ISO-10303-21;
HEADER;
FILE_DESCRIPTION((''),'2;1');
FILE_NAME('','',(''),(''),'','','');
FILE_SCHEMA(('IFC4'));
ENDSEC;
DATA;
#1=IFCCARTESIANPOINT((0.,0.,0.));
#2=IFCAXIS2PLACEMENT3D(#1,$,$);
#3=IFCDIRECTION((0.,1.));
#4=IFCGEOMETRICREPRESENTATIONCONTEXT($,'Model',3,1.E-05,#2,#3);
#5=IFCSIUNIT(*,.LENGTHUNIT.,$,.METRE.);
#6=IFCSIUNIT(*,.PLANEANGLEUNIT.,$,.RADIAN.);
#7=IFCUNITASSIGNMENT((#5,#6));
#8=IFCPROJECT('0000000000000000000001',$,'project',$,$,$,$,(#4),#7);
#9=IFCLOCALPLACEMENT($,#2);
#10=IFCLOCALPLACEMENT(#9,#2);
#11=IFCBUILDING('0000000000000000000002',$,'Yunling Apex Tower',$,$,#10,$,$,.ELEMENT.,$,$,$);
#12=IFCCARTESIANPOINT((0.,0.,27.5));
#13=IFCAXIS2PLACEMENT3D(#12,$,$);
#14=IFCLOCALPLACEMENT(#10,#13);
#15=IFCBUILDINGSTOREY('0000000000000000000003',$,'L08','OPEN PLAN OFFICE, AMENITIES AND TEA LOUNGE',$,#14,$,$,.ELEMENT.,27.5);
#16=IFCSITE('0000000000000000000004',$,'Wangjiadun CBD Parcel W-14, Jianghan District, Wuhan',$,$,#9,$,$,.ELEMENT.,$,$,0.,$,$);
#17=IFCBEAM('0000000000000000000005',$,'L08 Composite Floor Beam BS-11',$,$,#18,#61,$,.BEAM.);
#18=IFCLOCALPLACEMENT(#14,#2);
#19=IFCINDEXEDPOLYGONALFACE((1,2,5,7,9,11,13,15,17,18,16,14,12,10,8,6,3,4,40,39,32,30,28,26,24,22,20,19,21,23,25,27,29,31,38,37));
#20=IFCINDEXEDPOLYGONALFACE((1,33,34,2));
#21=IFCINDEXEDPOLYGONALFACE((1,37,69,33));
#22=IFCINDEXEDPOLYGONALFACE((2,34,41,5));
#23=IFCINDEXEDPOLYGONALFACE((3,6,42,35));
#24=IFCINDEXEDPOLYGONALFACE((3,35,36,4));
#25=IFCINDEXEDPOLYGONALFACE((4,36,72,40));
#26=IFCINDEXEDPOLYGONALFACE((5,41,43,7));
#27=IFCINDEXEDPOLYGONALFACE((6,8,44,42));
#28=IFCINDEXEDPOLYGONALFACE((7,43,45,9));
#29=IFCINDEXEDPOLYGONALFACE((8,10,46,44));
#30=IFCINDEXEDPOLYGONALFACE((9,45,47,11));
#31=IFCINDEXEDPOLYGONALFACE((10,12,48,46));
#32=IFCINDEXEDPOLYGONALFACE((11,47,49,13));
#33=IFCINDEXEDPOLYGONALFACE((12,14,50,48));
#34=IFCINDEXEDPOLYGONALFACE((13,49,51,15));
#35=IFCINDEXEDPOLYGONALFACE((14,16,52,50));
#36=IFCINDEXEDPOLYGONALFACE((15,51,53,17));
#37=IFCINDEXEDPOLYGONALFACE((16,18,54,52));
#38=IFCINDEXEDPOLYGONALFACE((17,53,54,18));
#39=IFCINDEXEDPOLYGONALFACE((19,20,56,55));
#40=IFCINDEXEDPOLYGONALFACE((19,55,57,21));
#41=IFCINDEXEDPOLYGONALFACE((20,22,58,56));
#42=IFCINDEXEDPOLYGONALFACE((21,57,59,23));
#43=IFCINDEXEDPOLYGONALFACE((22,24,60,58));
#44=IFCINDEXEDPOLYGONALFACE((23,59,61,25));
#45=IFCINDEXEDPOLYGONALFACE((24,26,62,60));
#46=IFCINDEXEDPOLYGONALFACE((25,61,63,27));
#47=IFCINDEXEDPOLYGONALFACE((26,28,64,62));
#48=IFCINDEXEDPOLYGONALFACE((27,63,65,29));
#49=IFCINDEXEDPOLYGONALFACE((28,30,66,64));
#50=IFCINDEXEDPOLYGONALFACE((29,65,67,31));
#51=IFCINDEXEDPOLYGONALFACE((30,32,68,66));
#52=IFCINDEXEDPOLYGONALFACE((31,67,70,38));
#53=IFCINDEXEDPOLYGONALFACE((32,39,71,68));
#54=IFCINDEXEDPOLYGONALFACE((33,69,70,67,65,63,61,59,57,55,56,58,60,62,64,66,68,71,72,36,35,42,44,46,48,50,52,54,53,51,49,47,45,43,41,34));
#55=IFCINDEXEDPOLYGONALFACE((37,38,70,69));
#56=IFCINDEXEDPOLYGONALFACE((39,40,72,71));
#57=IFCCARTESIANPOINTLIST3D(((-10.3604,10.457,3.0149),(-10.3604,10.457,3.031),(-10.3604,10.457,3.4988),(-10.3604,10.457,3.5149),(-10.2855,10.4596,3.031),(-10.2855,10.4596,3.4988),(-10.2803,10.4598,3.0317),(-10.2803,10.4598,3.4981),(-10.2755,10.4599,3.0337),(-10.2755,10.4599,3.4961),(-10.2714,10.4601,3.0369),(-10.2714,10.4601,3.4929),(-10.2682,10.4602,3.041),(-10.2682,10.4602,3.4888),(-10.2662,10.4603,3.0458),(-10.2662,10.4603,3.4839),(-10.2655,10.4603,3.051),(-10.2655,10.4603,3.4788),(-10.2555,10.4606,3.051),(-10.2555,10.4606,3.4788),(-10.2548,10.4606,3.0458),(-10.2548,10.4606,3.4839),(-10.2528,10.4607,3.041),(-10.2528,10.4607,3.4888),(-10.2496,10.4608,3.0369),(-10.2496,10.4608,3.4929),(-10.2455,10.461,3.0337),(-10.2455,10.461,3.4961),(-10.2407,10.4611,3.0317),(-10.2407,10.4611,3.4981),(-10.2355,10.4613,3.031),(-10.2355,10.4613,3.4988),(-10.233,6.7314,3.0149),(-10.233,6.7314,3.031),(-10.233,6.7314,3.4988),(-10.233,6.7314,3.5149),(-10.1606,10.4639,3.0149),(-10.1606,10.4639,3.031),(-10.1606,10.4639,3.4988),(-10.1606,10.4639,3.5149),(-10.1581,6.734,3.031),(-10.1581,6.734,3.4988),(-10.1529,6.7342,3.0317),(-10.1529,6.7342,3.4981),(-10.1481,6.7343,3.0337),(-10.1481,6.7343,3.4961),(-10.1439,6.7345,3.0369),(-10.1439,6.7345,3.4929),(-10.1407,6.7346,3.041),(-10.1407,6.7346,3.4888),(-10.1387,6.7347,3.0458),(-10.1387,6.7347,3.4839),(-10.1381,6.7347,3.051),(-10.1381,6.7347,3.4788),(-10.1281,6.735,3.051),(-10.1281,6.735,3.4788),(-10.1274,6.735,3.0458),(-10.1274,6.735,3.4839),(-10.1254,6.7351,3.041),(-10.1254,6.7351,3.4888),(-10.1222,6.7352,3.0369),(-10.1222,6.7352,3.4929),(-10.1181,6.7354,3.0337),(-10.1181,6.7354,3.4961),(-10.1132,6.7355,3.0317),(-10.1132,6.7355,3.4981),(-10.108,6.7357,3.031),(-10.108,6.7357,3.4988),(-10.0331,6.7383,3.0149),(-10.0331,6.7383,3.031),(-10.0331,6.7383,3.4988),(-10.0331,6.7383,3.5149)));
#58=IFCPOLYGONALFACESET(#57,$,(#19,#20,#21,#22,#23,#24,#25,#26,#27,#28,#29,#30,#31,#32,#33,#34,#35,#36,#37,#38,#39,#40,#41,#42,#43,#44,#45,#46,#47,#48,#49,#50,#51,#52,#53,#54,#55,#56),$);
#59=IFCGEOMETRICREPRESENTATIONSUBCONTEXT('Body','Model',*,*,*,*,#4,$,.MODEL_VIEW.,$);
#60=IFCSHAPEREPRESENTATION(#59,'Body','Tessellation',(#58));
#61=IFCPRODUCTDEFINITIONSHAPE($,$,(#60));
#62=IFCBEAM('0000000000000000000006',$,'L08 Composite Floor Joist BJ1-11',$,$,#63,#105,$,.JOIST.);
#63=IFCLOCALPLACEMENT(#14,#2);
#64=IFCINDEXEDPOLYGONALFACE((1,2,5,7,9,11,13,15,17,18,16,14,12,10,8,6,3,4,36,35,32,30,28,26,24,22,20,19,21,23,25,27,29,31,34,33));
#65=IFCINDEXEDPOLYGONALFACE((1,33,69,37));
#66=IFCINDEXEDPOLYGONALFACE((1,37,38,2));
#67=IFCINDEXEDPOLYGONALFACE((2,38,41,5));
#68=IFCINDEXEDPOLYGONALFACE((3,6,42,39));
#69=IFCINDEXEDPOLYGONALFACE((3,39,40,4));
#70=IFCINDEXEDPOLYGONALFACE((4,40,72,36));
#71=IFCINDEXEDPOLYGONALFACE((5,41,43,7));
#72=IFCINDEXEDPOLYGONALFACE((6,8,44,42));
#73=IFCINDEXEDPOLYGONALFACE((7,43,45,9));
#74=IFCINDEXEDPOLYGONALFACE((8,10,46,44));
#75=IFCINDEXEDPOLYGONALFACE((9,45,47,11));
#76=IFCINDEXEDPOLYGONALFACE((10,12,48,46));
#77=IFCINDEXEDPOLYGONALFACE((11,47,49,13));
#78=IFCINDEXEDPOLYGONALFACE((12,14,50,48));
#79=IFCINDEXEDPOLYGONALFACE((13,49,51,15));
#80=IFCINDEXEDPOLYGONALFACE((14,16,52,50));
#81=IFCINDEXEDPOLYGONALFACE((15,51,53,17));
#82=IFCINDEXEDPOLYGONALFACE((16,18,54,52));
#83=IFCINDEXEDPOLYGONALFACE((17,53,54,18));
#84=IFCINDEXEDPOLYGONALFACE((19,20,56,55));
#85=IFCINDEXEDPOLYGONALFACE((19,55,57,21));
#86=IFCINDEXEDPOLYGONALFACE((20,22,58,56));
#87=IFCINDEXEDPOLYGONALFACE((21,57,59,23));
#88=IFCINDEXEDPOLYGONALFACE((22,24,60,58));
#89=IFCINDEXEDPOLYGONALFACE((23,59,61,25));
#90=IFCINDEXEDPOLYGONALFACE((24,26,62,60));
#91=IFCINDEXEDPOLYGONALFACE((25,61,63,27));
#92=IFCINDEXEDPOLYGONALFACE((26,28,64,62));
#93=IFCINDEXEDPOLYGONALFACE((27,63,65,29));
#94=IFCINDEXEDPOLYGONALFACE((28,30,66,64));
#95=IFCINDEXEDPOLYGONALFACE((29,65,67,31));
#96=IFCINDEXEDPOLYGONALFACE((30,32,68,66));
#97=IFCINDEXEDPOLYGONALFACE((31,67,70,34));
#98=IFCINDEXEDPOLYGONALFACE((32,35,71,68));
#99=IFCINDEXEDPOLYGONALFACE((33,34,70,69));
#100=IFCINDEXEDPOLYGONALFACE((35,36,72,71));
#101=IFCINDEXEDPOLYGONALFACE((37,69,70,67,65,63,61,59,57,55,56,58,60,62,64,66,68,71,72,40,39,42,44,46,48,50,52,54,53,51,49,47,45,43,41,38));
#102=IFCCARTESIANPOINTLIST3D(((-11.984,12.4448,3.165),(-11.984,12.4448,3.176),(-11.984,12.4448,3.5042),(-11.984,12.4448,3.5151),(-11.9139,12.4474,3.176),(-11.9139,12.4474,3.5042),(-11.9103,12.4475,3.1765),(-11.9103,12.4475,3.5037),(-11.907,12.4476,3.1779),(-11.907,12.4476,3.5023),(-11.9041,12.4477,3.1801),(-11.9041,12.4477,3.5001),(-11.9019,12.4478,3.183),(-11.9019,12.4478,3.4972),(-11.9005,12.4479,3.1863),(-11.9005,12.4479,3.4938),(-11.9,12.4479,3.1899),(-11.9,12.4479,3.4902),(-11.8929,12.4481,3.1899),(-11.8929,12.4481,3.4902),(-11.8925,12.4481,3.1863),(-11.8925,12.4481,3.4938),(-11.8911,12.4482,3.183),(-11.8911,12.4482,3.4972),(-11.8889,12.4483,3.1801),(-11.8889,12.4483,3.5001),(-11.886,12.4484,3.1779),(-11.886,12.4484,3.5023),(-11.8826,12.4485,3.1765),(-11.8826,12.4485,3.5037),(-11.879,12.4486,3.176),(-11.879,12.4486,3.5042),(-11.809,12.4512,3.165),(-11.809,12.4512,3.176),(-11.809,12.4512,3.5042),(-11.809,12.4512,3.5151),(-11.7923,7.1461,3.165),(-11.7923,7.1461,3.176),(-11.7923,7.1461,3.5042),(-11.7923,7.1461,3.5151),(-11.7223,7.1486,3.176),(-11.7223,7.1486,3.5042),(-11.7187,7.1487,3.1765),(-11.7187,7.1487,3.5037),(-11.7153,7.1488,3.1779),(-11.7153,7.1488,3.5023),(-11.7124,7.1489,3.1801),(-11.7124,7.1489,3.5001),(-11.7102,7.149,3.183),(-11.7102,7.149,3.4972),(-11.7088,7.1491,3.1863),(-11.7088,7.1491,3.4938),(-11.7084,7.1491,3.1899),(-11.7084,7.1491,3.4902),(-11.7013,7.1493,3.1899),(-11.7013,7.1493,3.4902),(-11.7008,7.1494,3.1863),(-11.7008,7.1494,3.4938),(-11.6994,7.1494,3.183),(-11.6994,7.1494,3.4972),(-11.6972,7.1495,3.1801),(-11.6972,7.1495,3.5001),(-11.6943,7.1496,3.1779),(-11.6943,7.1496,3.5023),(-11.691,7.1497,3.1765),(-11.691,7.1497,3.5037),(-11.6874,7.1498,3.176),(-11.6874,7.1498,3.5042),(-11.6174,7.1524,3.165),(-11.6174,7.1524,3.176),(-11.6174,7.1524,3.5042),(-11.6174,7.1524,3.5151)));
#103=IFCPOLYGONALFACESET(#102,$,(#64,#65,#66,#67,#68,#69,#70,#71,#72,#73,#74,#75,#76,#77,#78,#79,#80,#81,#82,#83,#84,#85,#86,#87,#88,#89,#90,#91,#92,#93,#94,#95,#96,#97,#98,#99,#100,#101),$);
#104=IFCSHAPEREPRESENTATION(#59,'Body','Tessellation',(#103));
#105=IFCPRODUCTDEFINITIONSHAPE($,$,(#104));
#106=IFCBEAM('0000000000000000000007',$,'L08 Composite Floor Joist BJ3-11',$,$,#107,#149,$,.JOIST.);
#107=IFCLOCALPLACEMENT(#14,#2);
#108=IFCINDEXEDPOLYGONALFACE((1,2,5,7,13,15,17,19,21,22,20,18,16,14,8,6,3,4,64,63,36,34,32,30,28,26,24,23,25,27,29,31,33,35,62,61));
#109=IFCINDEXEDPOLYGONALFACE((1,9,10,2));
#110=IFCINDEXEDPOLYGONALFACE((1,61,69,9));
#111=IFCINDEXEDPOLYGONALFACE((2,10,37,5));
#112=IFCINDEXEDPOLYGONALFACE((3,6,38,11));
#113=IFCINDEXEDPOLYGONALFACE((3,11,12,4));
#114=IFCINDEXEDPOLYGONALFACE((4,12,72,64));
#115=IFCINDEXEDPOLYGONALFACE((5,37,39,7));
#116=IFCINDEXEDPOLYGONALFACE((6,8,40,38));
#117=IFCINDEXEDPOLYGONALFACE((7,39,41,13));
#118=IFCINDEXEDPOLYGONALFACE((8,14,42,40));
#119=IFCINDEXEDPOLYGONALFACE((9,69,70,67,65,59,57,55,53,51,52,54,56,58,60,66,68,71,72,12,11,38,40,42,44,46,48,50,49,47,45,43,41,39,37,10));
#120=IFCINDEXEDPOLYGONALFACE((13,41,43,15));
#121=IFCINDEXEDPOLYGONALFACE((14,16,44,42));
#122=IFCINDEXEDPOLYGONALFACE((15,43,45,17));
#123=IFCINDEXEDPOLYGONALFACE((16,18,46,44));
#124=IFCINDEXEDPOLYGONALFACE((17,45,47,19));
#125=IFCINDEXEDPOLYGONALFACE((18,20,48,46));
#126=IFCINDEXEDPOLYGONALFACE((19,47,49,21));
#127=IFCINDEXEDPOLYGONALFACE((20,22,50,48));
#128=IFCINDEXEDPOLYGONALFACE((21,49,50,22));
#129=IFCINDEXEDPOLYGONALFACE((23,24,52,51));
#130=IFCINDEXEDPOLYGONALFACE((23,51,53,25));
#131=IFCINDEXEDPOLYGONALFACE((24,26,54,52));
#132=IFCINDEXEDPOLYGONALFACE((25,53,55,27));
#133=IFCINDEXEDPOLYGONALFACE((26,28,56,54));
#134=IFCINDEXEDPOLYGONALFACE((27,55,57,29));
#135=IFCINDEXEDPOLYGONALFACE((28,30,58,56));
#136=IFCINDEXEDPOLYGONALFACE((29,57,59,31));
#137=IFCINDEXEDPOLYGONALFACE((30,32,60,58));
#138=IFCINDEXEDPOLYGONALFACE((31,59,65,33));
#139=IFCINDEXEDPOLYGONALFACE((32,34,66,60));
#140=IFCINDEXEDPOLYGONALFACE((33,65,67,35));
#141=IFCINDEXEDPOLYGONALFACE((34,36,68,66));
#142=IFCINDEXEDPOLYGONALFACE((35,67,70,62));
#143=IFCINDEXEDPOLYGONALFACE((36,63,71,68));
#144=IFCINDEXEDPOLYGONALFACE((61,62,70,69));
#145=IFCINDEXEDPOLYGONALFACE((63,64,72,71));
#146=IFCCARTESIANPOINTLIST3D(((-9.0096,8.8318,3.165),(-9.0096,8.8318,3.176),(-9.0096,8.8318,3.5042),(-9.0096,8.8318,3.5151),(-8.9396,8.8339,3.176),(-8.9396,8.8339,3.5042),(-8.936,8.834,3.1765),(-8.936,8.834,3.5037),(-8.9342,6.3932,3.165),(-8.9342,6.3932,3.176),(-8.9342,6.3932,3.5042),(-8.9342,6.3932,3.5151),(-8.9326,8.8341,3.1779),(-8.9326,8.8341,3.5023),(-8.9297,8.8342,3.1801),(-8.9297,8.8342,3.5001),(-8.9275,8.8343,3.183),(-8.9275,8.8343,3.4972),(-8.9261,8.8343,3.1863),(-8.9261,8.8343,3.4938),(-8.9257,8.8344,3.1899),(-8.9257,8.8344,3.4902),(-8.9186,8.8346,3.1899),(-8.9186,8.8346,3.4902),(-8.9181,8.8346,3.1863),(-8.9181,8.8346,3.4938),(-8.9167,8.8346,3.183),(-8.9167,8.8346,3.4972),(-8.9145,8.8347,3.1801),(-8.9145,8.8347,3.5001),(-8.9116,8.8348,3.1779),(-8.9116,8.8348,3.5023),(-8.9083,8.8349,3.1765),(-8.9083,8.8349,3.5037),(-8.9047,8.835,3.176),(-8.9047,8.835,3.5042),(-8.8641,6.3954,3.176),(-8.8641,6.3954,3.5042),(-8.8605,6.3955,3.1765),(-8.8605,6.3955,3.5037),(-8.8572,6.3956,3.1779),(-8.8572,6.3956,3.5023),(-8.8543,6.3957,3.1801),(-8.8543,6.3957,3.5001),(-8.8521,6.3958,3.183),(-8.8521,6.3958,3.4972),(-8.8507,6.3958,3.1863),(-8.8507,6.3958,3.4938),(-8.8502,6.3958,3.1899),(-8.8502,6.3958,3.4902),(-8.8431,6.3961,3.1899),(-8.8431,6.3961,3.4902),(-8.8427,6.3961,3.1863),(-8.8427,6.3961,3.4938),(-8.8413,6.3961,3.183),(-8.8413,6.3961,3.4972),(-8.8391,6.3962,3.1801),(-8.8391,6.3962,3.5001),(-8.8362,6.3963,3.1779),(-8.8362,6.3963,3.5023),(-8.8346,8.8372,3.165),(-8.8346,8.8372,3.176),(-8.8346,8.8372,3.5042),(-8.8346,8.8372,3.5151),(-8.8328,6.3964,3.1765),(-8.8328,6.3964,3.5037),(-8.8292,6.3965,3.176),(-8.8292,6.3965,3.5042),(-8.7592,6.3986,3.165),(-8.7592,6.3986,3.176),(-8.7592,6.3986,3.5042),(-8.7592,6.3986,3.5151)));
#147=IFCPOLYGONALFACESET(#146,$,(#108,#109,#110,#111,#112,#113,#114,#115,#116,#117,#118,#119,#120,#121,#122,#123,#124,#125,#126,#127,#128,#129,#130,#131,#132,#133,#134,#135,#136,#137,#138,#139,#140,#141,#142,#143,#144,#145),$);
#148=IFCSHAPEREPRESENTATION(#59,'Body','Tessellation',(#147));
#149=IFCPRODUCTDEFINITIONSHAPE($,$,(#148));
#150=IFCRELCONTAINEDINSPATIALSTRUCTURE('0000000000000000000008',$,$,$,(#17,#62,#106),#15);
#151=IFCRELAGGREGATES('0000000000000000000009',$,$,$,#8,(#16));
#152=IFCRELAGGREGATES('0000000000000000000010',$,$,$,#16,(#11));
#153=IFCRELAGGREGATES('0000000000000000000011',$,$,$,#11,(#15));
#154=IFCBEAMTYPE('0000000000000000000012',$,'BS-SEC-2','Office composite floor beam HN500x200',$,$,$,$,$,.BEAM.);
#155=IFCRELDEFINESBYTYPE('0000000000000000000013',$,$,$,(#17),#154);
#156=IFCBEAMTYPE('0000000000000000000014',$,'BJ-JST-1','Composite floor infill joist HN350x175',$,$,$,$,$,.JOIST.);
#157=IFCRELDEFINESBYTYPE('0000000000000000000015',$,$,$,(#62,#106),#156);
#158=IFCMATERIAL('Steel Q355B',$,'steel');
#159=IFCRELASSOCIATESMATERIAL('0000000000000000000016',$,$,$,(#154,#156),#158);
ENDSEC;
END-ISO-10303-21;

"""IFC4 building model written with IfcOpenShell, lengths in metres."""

from ifc_helpers import new_model, si_unit, direction, frame, origin, origin_2d, place, context, subcontext, project, spatial, i_section, extrude, source, transform, mapped, material, material_profile, profile_set, type_object, element, save


model = new_model("IFC4")

# Units and contexts
model_context = context("Model", 3, precision=1e-05, world=origin(), true_north=direction((0.0, 1.0)))
body_context = subcontext(model_context, "Body", "Model", "MODEL_VIEW")
ifc_project = project(units=[si_unit("LENGTHUNIT", "METRE"), si_unit("PLANEANGLEUNIT", "RADIAN")], contexts=[model_context])

# Site, building, storey
site_placement = place(None, origin())
site = spatial("IfcSite", under=ifc_project, at=site_placement, Name="Wangjiadun CBD Parcel W-14, Jianghan District, Wuhan", CompositionType="ELEMENT", RefElevation=0.0)
building_placement = place(site_placement, origin())
building = spatial("IfcBuilding", under=site, at=building_placement, Name="Yunling Apex Tower", CompositionType="ELEMENT")
storey_placement = place(building_placement, frame((0.0, 0.0, 27.5)))
storey = spatial("IfcBuildingStorey", under=building, at=storey_placement, Name="L08", Description="OPEN PLAN OFFICE, AMENITIES AND TEA LOUNGE", CompositionType="ELEMENT", Elevation=27.5)

# Beams
ifc_material_1 = material(Name="Steel Q355B", Category="steel")
ifc_material_profile_1 = material_profile(ifc_material_1, i_section(OverallWidth=0.2, OverallDepth=0.5, WebThickness=0.01, FlangeThickness=0.0161, FilletRadius=0.02, at=origin_2d()))
ifc_profile_set_1 = profile_set([ifc_material_profile_1], Name="Steel Q355B")
beam_type_1 = type_object("IfcBeamType", Name="BS-SEC-2", Description="Office composite floor beam HN500x200", PredefinedType="BEAM", material=ifc_profile_set_1)
ifc_material_profile_2 = material_profile(ifc_material_1, i_section(OverallWidth=0.175, OverallDepth=0.3501, WebThickness=0.0071, FlangeThickness=0.011, FilletRadius=0.0139, at=origin_2d()))
ifc_profile_set_2 = profile_set([ifc_material_profile_2], Name="Steel Q355B")
beam_type_2 = type_object("IfcBeamType", Name="BJ-JST-1", Description="Composite floor infill joist HN350x175", PredefinedType="JOIST", material=ifc_profile_set_2)
shared_shape_1 = source(origin(), body_context, "Body", "SweptSolid", [
    extrude(i_section(OverallWidth=0.2, OverallDepth=0.5, WebThickness=0.01, FlangeThickness=0.0161, FilletRadius=0.02, at=origin_2d()), origin(), (0.0, 0.0, 1.0), 3.7278),
])
beam_1_placement = place(storey_placement, frame((-10.2605, 10.4604, 3.2649), z_axis=(0.034187, -0.999415, 0.0), x_axis=(0.999415, 0.034187, 0.0)))
element("IfcBeam", 1, at=beam_1_placement, inside=storey, type_object=beam_type_1, Name="L08 Composite Floor Beam BS-11", PredefinedType="BEAM", context=body_context, shape_type="MappedRepresentation", body=[
    mapped(shared_shape_1, transform((0.0, 0.0, 0.0), scale=1.0)),
])
shared_shape_2 = source(origin(), body_context, "Body", "SweptSolid", [
    extrude(i_section(OverallWidth=0.175, OverallDepth=0.3501, WebThickness=0.0071, FlangeThickness=0.011, FilletRadius=0.0139, at=origin_2d()), origin(), (0.0, 0.0, 1.0), 5.3022),
])
beam_2_placement = place(storey_placement, frame((-11.8965, 12.448, 3.3401), z_axis=(0.036145, -0.999347, 0.0), x_axis=(0.999347, 0.036145, 0.0)))
element("IfcBeam", 2, at=beam_2_placement, inside=storey, type_object=beam_type_2, Name="L08 Composite Floor Joist BJ1-11", PredefinedType="JOIST", context=body_context, shape_type="MappedRepresentation", body=[
    mapped(shared_shape_2, transform((0.0, 0.0, 0.0), scale=1.0)),
])
shared_shape_3 = source(origin(), body_context, "Body", "SweptSolid", [
    extrude(i_section(OverallWidth=0.175, OverallDepth=0.3501, WebThickness=0.0071, FlangeThickness=0.011, FilletRadius=0.0139, at=origin_2d()), origin(), (0.0, 0.0, 1.0), 2.4397),
])
beam_3_placement = place(storey_placement, frame((-8.9221, 8.8345, 3.3401), z_axis=(0.030922, -0.999522, 0.0), x_axis=(0.999522, 0.030922, 0.0)))
element("IfcBeam", 3, at=beam_3_placement, inside=storey, type_object=beam_type_2, Name="L08 Composite Floor Joist BJ3-11", PredefinedType="JOIST", context=body_context, shape_type="MappedRepresentation", body=[
    mapped(shared_shape_3, transform((0.0, 0.0, 0.0), scale=1.0)),
])

save(model, "model.ifc")
